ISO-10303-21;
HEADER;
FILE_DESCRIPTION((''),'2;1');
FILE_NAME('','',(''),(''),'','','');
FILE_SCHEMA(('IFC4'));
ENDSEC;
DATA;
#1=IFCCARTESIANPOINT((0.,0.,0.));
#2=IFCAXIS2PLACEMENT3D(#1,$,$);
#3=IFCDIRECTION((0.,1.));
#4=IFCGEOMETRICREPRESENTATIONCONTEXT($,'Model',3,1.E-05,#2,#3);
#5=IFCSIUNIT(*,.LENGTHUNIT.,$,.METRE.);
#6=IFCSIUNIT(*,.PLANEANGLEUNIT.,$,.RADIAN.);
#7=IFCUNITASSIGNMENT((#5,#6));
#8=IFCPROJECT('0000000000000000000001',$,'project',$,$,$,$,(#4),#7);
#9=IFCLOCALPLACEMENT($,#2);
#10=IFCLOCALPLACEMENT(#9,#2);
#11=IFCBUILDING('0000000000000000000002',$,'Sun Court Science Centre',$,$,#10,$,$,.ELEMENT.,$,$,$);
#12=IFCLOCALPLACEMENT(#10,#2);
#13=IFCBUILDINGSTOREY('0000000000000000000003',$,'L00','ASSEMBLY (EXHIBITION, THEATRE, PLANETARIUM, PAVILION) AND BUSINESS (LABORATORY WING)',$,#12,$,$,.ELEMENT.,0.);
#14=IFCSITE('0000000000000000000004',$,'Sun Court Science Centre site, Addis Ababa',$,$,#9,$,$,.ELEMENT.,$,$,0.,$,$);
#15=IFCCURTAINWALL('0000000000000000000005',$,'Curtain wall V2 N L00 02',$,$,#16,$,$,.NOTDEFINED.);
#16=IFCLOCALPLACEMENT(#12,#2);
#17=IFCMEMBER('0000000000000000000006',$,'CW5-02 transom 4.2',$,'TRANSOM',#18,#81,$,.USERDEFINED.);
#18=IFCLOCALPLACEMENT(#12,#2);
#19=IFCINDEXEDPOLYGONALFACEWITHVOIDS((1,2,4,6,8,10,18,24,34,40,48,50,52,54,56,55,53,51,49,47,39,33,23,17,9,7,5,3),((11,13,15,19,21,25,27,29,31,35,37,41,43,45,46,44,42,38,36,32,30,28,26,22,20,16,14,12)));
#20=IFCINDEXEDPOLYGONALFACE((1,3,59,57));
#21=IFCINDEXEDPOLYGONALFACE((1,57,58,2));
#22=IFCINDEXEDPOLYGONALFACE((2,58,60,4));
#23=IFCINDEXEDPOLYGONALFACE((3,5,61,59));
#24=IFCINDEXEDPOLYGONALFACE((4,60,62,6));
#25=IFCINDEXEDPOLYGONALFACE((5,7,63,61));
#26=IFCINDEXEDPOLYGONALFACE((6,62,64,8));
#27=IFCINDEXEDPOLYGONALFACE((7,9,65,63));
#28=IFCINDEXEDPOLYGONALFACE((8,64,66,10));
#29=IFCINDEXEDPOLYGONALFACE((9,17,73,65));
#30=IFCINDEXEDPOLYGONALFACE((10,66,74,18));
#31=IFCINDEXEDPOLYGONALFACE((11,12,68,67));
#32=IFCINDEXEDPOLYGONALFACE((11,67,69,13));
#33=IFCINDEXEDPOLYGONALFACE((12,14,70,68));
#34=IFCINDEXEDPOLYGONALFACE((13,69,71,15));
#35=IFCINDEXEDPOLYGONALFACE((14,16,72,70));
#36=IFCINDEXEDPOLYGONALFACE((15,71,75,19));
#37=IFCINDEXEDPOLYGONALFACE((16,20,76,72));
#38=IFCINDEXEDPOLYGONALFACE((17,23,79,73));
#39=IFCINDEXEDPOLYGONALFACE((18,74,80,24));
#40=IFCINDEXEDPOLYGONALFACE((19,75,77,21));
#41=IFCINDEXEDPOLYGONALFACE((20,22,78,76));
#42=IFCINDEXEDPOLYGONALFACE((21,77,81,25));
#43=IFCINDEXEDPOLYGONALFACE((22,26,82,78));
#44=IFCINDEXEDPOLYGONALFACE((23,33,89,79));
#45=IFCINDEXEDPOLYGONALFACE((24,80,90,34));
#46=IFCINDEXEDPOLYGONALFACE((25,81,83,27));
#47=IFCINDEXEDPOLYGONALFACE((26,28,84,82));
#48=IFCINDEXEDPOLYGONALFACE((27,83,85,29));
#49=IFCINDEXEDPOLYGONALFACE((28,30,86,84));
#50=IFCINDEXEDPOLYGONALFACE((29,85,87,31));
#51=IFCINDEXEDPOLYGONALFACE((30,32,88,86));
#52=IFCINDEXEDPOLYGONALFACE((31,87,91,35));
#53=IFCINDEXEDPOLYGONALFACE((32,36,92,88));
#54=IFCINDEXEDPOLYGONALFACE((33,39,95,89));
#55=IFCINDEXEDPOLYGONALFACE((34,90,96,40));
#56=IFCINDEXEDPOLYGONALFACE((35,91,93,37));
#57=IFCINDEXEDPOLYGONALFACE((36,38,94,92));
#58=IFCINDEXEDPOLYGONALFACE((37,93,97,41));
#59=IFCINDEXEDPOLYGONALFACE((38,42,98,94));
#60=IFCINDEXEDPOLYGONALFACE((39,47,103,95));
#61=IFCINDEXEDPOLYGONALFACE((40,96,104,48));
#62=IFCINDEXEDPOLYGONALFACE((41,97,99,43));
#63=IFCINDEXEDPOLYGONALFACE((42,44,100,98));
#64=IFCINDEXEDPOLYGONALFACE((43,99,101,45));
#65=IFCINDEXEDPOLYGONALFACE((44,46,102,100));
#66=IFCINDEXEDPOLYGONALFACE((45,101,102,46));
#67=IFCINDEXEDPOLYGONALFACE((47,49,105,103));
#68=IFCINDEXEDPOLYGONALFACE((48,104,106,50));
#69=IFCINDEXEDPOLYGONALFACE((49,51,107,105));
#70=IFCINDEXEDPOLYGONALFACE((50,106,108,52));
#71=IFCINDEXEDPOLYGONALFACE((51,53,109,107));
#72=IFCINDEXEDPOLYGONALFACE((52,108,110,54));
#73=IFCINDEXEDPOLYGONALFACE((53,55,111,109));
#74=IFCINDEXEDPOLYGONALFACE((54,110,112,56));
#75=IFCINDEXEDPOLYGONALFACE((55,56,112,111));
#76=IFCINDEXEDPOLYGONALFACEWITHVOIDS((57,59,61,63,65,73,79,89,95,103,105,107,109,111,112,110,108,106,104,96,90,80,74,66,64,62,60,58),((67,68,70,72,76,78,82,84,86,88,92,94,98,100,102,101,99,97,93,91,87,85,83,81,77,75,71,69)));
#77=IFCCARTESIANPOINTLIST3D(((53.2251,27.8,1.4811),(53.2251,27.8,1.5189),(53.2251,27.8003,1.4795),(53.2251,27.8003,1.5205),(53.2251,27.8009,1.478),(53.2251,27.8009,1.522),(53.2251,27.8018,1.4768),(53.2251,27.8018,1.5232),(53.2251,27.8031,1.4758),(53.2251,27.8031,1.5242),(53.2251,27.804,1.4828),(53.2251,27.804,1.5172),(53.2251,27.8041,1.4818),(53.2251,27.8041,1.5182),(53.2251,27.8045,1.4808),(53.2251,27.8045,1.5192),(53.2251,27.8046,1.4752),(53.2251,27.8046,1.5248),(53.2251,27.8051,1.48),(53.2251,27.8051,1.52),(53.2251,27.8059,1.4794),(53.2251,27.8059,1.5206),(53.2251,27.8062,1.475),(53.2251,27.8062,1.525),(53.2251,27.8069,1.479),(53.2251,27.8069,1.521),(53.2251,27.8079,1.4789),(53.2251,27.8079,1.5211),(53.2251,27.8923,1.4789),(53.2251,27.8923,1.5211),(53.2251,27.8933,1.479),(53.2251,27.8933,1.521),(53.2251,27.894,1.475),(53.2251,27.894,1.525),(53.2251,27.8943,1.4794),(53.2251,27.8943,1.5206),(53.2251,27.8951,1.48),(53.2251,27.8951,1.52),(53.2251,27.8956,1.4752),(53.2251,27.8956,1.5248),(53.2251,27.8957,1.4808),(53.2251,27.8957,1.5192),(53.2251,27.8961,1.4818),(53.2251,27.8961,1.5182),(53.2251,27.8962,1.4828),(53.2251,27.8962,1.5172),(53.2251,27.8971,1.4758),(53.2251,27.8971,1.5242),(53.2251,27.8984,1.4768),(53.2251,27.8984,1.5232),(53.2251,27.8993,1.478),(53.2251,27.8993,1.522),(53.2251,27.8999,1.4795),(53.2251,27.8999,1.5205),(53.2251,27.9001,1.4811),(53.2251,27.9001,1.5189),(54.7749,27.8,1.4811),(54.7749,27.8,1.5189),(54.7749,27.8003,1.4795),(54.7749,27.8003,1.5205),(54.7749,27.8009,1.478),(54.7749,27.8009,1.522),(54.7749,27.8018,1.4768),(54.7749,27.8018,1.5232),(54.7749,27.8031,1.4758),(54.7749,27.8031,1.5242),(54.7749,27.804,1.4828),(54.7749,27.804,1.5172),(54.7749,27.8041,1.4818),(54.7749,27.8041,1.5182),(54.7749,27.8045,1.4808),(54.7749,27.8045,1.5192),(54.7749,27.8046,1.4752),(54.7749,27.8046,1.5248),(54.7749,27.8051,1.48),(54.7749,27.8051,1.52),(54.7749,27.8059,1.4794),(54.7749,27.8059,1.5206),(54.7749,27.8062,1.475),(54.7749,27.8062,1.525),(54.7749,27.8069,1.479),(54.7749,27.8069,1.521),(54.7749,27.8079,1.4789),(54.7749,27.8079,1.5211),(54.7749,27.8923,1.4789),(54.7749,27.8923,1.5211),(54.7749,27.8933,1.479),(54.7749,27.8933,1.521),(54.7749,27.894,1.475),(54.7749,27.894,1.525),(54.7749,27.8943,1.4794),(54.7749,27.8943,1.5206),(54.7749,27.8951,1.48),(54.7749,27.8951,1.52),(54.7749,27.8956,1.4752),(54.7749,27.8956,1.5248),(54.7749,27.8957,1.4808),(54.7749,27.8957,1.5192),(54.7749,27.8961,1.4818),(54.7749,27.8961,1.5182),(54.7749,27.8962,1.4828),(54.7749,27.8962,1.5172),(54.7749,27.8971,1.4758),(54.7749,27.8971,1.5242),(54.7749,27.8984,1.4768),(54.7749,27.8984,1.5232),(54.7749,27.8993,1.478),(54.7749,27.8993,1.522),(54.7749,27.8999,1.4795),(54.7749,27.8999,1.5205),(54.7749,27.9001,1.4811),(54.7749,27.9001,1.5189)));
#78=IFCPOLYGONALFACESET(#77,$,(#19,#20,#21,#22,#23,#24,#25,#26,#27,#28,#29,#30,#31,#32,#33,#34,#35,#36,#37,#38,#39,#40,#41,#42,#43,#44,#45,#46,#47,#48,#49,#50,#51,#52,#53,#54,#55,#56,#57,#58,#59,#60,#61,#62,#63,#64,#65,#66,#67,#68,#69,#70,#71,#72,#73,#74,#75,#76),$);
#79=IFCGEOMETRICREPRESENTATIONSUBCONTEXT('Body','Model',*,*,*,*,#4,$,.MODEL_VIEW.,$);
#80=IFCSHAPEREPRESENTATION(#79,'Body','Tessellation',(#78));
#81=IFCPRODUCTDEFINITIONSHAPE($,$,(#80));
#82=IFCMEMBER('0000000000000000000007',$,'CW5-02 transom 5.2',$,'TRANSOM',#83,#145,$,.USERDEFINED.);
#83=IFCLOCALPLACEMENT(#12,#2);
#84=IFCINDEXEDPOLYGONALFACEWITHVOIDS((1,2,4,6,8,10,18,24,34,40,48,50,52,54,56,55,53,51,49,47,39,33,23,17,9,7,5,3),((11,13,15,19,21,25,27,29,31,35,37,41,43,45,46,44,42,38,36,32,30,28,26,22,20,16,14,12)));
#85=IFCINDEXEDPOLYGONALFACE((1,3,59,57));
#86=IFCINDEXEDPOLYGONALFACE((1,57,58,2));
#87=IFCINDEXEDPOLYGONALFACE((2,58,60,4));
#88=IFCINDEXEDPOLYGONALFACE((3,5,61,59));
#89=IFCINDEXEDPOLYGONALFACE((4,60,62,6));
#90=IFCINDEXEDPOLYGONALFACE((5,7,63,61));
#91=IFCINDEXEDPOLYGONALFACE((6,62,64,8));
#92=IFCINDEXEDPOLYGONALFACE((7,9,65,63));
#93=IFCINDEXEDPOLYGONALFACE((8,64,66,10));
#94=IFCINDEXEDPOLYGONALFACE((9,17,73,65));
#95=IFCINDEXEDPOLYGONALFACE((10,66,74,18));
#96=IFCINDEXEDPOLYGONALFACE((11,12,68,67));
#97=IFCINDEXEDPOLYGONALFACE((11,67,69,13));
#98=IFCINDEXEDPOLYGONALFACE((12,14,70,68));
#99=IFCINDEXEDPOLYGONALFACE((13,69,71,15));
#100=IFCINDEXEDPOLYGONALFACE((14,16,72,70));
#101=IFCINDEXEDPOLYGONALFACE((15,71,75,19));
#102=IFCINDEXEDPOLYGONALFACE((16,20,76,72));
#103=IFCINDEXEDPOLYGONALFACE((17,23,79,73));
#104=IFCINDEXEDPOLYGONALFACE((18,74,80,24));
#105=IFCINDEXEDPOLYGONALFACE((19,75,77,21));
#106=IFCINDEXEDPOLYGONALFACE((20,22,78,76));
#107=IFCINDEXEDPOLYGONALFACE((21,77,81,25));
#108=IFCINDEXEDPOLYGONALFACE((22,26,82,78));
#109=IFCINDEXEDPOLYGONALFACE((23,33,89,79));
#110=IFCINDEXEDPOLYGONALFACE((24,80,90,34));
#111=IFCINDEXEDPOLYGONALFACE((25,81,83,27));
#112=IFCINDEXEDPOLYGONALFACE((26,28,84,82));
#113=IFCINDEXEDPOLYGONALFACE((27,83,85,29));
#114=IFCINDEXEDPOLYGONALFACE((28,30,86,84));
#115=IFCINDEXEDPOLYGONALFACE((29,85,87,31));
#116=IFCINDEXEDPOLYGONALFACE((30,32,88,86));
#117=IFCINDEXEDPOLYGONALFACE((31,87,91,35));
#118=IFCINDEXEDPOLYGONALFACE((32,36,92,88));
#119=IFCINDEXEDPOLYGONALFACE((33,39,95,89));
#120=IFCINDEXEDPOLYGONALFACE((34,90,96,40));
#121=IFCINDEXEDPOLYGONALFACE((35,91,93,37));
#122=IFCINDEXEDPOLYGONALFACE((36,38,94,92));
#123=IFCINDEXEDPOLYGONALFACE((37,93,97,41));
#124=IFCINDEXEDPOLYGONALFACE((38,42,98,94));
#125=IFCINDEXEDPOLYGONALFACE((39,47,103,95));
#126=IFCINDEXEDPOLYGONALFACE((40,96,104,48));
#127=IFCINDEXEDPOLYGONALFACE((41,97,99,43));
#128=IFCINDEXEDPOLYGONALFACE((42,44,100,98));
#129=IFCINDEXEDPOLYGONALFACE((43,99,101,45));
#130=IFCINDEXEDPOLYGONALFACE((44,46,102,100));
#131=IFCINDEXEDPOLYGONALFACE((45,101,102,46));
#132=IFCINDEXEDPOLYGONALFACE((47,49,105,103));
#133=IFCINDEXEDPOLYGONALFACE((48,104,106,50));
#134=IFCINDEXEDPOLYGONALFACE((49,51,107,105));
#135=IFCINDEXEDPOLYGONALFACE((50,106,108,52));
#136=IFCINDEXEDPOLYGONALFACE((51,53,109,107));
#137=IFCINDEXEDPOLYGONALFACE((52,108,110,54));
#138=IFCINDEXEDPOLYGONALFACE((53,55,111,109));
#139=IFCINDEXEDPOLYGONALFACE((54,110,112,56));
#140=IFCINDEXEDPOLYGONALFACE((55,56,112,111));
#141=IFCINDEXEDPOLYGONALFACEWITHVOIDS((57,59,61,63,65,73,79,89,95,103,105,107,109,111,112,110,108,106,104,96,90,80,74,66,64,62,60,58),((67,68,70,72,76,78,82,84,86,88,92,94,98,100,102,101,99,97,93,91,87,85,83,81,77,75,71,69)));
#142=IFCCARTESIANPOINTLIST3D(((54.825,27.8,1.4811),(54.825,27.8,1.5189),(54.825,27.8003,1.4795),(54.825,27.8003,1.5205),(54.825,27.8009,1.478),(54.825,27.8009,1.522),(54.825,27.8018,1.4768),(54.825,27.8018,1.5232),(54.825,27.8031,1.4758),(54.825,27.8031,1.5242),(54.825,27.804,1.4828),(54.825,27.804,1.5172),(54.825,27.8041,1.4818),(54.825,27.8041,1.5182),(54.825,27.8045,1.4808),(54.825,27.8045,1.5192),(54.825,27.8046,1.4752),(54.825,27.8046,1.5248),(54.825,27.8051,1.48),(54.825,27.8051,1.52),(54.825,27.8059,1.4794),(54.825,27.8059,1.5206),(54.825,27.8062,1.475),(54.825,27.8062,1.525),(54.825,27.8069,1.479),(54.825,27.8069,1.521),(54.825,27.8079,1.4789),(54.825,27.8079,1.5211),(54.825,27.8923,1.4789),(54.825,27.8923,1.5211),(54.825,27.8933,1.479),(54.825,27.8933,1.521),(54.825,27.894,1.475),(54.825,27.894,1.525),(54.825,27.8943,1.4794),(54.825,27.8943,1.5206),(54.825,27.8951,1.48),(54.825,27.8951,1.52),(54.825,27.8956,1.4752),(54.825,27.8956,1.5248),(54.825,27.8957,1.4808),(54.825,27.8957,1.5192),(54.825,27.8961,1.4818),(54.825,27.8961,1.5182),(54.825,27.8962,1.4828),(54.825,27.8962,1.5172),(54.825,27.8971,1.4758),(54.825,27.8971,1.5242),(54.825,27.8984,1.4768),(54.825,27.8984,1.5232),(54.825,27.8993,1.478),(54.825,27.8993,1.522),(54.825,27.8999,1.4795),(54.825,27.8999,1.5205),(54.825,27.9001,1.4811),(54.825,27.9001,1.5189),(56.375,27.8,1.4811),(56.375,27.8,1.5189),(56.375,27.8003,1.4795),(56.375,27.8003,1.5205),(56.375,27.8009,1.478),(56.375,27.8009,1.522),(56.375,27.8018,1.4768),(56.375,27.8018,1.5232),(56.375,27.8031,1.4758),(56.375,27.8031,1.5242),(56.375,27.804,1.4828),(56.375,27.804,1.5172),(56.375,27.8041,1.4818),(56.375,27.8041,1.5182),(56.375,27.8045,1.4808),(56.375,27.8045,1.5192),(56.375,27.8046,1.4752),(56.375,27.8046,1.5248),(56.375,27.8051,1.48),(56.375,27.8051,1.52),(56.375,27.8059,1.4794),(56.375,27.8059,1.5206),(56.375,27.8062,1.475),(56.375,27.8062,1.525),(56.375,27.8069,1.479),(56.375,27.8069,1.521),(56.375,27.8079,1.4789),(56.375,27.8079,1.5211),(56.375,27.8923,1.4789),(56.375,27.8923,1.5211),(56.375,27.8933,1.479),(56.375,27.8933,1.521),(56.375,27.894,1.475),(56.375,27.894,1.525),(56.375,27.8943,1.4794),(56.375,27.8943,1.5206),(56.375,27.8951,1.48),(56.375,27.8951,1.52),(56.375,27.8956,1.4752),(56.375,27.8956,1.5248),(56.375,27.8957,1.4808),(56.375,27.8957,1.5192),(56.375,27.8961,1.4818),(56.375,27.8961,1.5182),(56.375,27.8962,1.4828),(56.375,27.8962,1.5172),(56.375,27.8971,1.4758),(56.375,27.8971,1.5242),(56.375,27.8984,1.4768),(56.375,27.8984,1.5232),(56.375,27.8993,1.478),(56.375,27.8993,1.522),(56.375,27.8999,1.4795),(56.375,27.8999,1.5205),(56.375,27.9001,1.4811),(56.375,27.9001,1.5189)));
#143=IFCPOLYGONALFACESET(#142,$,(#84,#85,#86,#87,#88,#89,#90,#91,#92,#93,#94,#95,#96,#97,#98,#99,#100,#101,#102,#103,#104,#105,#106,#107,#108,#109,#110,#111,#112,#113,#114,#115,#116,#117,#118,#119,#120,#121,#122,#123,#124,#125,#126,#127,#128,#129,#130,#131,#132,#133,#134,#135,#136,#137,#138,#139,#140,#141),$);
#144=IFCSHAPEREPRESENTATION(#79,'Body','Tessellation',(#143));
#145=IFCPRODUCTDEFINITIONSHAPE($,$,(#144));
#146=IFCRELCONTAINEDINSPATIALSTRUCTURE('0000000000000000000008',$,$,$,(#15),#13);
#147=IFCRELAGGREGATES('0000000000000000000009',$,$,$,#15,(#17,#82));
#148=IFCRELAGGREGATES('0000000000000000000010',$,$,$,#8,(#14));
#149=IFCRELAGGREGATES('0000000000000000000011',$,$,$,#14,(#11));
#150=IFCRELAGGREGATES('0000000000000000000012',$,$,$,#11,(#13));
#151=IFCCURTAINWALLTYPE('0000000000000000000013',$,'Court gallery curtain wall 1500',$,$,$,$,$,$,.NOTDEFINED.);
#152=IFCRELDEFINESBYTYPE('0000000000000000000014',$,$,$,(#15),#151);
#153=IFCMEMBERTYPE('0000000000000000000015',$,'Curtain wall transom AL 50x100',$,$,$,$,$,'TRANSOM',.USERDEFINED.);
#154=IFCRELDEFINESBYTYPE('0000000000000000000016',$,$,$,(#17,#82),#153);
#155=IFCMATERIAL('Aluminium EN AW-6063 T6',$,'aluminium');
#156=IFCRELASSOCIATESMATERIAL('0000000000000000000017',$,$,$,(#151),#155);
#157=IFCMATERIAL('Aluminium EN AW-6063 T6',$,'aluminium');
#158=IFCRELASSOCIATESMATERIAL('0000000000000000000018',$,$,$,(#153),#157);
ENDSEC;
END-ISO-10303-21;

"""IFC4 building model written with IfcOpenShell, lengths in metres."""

from ifc_helpers import new_model, si_unit, direction, frame, origin, origin_2d, place, context, subcontext, project, spatial, hollow_rectangle, extrude, material, material_profile, profile_set, type_object, element, aggregate, save


model = new_model("IFC4")

# Units and contexts
model_context = context("Model", 3, precision=1e-05, world=origin(), true_north=direction((0.0, 1.0)))
body_context = subcontext(model_context, "Body", "Model", "MODEL_VIEW")
ifc_project = project(units=[si_unit("LENGTHUNIT", "METRE"), si_unit("PLANEANGLEUNIT", "RADIAN")], contexts=[model_context])

# Site, building, storey
site_placement = place(None, origin())
site = spatial("IfcSite", under=ifc_project, at=site_placement, Name="Sun Court Science Centre site, Addis Ababa", CompositionType="ELEMENT", RefElevation=0.0)
building_placement = place(site_placement, origin())
building = spatial("IfcBuilding", under=site, at=building_placement, Name="Sun Court Science Centre", CompositionType="ELEMENT")
storey_placement = place(building_placement, origin())
storey = spatial("IfcBuildingStorey", under=building, at=storey_placement, Name="L00", Description="ASSEMBLY (EXHIBITION, THEATRE, PLANETARIUM, PAVILION) AND BUSINESS (LABORATORY WING)", CompositionType="ELEMENT", Elevation=0.0)

# Curtain wall, members
ifc_material_1 = material(Name="Aluminium EN AW-6063 T6", Category="aluminium")
curtain_wall_type = type_object("IfcCurtainWallType", Name="Court gallery curtain wall 1500", PredefinedType="NOTDEFINED", material=ifc_material_1)
curtain_wall_placement = place(storey_placement, origin())
curtain_wall = element("IfcCurtainWall", 1, at=curtain_wall_placement, inside=storey, type_object=curtain_wall_type, Name="Curtain wall V2 N L00 02", PredefinedType="NOTDEFINED")
ifc_material_2 = material(Name="Aluminium EN AW-6063 T6", Category="aluminium")
ifc_material_profile_1 = material_profile(ifc_material_2, hollow_rectangle(XDim=0.05, YDim=0.1001, WallThickness=0.0039, InnerFilletRadius=0.0039, OuterFilletRadius=0.0061, at=origin_2d()), Name="AL 50x100x4")
ifc_profile_set_1 = profile_set([ifc_material_profile_1], Name="Aluminium EN AW-6063 T6")
member_type_1 = type_object("IfcMemberType", Name="Curtain wall transom AL 50x100", ElementType="TRANSOM", PredefinedType="USERDEFINED", material=ifc_profile_set_1)
member_1_placement = place(storey_placement, frame((53.2251, 27.8501, 1.5), z_axis=(1.0, 0.0, 0.0), x_axis=(0.0, 0.0, 1.0)))
member_1 = element("IfcMember", 2, at=member_1_placement, type_object=member_type_1, Name="CW5-02 transom 4.2", ObjectType="TRANSOM", PredefinedType="USERDEFINED", context=body_context, shape_type="SweptSolid", body=[
    extrude(hollow_rectangle(XDim=0.05, YDim=0.1001, WallThickness=0.0039, InnerFilletRadius=0.0039, OuterFilletRadius=0.0061, at=origin_2d()), origin(), (0.0, 0.0, 1.0), 1.5498),
])
member_2_placement = place(storey_placement, frame((54.825, 27.8501, 1.5), z_axis=(1.0, 0.0, 0.0), x_axis=(0.0, 0.0, 1.0)))
member_2 = element("IfcMember", 3, at=member_2_placement, type_object=member_type_1, Name="CW5-02 transom 5.2", ObjectType="TRANSOM", PredefinedType="USERDEFINED", context=body_context, shape_type="SweptSolid", body=[
    extrude(hollow_rectangle(XDim=0.05, YDim=0.1001, WallThickness=0.0039, InnerFilletRadius=0.0039, OuterFilletRadius=0.0061, at=origin_2d()), origin(), (0.0, 0.0, 1.0), 1.55),
])
aggregate(curtain_wall, [member_1, member_2])

save(model, "model.ifc")
